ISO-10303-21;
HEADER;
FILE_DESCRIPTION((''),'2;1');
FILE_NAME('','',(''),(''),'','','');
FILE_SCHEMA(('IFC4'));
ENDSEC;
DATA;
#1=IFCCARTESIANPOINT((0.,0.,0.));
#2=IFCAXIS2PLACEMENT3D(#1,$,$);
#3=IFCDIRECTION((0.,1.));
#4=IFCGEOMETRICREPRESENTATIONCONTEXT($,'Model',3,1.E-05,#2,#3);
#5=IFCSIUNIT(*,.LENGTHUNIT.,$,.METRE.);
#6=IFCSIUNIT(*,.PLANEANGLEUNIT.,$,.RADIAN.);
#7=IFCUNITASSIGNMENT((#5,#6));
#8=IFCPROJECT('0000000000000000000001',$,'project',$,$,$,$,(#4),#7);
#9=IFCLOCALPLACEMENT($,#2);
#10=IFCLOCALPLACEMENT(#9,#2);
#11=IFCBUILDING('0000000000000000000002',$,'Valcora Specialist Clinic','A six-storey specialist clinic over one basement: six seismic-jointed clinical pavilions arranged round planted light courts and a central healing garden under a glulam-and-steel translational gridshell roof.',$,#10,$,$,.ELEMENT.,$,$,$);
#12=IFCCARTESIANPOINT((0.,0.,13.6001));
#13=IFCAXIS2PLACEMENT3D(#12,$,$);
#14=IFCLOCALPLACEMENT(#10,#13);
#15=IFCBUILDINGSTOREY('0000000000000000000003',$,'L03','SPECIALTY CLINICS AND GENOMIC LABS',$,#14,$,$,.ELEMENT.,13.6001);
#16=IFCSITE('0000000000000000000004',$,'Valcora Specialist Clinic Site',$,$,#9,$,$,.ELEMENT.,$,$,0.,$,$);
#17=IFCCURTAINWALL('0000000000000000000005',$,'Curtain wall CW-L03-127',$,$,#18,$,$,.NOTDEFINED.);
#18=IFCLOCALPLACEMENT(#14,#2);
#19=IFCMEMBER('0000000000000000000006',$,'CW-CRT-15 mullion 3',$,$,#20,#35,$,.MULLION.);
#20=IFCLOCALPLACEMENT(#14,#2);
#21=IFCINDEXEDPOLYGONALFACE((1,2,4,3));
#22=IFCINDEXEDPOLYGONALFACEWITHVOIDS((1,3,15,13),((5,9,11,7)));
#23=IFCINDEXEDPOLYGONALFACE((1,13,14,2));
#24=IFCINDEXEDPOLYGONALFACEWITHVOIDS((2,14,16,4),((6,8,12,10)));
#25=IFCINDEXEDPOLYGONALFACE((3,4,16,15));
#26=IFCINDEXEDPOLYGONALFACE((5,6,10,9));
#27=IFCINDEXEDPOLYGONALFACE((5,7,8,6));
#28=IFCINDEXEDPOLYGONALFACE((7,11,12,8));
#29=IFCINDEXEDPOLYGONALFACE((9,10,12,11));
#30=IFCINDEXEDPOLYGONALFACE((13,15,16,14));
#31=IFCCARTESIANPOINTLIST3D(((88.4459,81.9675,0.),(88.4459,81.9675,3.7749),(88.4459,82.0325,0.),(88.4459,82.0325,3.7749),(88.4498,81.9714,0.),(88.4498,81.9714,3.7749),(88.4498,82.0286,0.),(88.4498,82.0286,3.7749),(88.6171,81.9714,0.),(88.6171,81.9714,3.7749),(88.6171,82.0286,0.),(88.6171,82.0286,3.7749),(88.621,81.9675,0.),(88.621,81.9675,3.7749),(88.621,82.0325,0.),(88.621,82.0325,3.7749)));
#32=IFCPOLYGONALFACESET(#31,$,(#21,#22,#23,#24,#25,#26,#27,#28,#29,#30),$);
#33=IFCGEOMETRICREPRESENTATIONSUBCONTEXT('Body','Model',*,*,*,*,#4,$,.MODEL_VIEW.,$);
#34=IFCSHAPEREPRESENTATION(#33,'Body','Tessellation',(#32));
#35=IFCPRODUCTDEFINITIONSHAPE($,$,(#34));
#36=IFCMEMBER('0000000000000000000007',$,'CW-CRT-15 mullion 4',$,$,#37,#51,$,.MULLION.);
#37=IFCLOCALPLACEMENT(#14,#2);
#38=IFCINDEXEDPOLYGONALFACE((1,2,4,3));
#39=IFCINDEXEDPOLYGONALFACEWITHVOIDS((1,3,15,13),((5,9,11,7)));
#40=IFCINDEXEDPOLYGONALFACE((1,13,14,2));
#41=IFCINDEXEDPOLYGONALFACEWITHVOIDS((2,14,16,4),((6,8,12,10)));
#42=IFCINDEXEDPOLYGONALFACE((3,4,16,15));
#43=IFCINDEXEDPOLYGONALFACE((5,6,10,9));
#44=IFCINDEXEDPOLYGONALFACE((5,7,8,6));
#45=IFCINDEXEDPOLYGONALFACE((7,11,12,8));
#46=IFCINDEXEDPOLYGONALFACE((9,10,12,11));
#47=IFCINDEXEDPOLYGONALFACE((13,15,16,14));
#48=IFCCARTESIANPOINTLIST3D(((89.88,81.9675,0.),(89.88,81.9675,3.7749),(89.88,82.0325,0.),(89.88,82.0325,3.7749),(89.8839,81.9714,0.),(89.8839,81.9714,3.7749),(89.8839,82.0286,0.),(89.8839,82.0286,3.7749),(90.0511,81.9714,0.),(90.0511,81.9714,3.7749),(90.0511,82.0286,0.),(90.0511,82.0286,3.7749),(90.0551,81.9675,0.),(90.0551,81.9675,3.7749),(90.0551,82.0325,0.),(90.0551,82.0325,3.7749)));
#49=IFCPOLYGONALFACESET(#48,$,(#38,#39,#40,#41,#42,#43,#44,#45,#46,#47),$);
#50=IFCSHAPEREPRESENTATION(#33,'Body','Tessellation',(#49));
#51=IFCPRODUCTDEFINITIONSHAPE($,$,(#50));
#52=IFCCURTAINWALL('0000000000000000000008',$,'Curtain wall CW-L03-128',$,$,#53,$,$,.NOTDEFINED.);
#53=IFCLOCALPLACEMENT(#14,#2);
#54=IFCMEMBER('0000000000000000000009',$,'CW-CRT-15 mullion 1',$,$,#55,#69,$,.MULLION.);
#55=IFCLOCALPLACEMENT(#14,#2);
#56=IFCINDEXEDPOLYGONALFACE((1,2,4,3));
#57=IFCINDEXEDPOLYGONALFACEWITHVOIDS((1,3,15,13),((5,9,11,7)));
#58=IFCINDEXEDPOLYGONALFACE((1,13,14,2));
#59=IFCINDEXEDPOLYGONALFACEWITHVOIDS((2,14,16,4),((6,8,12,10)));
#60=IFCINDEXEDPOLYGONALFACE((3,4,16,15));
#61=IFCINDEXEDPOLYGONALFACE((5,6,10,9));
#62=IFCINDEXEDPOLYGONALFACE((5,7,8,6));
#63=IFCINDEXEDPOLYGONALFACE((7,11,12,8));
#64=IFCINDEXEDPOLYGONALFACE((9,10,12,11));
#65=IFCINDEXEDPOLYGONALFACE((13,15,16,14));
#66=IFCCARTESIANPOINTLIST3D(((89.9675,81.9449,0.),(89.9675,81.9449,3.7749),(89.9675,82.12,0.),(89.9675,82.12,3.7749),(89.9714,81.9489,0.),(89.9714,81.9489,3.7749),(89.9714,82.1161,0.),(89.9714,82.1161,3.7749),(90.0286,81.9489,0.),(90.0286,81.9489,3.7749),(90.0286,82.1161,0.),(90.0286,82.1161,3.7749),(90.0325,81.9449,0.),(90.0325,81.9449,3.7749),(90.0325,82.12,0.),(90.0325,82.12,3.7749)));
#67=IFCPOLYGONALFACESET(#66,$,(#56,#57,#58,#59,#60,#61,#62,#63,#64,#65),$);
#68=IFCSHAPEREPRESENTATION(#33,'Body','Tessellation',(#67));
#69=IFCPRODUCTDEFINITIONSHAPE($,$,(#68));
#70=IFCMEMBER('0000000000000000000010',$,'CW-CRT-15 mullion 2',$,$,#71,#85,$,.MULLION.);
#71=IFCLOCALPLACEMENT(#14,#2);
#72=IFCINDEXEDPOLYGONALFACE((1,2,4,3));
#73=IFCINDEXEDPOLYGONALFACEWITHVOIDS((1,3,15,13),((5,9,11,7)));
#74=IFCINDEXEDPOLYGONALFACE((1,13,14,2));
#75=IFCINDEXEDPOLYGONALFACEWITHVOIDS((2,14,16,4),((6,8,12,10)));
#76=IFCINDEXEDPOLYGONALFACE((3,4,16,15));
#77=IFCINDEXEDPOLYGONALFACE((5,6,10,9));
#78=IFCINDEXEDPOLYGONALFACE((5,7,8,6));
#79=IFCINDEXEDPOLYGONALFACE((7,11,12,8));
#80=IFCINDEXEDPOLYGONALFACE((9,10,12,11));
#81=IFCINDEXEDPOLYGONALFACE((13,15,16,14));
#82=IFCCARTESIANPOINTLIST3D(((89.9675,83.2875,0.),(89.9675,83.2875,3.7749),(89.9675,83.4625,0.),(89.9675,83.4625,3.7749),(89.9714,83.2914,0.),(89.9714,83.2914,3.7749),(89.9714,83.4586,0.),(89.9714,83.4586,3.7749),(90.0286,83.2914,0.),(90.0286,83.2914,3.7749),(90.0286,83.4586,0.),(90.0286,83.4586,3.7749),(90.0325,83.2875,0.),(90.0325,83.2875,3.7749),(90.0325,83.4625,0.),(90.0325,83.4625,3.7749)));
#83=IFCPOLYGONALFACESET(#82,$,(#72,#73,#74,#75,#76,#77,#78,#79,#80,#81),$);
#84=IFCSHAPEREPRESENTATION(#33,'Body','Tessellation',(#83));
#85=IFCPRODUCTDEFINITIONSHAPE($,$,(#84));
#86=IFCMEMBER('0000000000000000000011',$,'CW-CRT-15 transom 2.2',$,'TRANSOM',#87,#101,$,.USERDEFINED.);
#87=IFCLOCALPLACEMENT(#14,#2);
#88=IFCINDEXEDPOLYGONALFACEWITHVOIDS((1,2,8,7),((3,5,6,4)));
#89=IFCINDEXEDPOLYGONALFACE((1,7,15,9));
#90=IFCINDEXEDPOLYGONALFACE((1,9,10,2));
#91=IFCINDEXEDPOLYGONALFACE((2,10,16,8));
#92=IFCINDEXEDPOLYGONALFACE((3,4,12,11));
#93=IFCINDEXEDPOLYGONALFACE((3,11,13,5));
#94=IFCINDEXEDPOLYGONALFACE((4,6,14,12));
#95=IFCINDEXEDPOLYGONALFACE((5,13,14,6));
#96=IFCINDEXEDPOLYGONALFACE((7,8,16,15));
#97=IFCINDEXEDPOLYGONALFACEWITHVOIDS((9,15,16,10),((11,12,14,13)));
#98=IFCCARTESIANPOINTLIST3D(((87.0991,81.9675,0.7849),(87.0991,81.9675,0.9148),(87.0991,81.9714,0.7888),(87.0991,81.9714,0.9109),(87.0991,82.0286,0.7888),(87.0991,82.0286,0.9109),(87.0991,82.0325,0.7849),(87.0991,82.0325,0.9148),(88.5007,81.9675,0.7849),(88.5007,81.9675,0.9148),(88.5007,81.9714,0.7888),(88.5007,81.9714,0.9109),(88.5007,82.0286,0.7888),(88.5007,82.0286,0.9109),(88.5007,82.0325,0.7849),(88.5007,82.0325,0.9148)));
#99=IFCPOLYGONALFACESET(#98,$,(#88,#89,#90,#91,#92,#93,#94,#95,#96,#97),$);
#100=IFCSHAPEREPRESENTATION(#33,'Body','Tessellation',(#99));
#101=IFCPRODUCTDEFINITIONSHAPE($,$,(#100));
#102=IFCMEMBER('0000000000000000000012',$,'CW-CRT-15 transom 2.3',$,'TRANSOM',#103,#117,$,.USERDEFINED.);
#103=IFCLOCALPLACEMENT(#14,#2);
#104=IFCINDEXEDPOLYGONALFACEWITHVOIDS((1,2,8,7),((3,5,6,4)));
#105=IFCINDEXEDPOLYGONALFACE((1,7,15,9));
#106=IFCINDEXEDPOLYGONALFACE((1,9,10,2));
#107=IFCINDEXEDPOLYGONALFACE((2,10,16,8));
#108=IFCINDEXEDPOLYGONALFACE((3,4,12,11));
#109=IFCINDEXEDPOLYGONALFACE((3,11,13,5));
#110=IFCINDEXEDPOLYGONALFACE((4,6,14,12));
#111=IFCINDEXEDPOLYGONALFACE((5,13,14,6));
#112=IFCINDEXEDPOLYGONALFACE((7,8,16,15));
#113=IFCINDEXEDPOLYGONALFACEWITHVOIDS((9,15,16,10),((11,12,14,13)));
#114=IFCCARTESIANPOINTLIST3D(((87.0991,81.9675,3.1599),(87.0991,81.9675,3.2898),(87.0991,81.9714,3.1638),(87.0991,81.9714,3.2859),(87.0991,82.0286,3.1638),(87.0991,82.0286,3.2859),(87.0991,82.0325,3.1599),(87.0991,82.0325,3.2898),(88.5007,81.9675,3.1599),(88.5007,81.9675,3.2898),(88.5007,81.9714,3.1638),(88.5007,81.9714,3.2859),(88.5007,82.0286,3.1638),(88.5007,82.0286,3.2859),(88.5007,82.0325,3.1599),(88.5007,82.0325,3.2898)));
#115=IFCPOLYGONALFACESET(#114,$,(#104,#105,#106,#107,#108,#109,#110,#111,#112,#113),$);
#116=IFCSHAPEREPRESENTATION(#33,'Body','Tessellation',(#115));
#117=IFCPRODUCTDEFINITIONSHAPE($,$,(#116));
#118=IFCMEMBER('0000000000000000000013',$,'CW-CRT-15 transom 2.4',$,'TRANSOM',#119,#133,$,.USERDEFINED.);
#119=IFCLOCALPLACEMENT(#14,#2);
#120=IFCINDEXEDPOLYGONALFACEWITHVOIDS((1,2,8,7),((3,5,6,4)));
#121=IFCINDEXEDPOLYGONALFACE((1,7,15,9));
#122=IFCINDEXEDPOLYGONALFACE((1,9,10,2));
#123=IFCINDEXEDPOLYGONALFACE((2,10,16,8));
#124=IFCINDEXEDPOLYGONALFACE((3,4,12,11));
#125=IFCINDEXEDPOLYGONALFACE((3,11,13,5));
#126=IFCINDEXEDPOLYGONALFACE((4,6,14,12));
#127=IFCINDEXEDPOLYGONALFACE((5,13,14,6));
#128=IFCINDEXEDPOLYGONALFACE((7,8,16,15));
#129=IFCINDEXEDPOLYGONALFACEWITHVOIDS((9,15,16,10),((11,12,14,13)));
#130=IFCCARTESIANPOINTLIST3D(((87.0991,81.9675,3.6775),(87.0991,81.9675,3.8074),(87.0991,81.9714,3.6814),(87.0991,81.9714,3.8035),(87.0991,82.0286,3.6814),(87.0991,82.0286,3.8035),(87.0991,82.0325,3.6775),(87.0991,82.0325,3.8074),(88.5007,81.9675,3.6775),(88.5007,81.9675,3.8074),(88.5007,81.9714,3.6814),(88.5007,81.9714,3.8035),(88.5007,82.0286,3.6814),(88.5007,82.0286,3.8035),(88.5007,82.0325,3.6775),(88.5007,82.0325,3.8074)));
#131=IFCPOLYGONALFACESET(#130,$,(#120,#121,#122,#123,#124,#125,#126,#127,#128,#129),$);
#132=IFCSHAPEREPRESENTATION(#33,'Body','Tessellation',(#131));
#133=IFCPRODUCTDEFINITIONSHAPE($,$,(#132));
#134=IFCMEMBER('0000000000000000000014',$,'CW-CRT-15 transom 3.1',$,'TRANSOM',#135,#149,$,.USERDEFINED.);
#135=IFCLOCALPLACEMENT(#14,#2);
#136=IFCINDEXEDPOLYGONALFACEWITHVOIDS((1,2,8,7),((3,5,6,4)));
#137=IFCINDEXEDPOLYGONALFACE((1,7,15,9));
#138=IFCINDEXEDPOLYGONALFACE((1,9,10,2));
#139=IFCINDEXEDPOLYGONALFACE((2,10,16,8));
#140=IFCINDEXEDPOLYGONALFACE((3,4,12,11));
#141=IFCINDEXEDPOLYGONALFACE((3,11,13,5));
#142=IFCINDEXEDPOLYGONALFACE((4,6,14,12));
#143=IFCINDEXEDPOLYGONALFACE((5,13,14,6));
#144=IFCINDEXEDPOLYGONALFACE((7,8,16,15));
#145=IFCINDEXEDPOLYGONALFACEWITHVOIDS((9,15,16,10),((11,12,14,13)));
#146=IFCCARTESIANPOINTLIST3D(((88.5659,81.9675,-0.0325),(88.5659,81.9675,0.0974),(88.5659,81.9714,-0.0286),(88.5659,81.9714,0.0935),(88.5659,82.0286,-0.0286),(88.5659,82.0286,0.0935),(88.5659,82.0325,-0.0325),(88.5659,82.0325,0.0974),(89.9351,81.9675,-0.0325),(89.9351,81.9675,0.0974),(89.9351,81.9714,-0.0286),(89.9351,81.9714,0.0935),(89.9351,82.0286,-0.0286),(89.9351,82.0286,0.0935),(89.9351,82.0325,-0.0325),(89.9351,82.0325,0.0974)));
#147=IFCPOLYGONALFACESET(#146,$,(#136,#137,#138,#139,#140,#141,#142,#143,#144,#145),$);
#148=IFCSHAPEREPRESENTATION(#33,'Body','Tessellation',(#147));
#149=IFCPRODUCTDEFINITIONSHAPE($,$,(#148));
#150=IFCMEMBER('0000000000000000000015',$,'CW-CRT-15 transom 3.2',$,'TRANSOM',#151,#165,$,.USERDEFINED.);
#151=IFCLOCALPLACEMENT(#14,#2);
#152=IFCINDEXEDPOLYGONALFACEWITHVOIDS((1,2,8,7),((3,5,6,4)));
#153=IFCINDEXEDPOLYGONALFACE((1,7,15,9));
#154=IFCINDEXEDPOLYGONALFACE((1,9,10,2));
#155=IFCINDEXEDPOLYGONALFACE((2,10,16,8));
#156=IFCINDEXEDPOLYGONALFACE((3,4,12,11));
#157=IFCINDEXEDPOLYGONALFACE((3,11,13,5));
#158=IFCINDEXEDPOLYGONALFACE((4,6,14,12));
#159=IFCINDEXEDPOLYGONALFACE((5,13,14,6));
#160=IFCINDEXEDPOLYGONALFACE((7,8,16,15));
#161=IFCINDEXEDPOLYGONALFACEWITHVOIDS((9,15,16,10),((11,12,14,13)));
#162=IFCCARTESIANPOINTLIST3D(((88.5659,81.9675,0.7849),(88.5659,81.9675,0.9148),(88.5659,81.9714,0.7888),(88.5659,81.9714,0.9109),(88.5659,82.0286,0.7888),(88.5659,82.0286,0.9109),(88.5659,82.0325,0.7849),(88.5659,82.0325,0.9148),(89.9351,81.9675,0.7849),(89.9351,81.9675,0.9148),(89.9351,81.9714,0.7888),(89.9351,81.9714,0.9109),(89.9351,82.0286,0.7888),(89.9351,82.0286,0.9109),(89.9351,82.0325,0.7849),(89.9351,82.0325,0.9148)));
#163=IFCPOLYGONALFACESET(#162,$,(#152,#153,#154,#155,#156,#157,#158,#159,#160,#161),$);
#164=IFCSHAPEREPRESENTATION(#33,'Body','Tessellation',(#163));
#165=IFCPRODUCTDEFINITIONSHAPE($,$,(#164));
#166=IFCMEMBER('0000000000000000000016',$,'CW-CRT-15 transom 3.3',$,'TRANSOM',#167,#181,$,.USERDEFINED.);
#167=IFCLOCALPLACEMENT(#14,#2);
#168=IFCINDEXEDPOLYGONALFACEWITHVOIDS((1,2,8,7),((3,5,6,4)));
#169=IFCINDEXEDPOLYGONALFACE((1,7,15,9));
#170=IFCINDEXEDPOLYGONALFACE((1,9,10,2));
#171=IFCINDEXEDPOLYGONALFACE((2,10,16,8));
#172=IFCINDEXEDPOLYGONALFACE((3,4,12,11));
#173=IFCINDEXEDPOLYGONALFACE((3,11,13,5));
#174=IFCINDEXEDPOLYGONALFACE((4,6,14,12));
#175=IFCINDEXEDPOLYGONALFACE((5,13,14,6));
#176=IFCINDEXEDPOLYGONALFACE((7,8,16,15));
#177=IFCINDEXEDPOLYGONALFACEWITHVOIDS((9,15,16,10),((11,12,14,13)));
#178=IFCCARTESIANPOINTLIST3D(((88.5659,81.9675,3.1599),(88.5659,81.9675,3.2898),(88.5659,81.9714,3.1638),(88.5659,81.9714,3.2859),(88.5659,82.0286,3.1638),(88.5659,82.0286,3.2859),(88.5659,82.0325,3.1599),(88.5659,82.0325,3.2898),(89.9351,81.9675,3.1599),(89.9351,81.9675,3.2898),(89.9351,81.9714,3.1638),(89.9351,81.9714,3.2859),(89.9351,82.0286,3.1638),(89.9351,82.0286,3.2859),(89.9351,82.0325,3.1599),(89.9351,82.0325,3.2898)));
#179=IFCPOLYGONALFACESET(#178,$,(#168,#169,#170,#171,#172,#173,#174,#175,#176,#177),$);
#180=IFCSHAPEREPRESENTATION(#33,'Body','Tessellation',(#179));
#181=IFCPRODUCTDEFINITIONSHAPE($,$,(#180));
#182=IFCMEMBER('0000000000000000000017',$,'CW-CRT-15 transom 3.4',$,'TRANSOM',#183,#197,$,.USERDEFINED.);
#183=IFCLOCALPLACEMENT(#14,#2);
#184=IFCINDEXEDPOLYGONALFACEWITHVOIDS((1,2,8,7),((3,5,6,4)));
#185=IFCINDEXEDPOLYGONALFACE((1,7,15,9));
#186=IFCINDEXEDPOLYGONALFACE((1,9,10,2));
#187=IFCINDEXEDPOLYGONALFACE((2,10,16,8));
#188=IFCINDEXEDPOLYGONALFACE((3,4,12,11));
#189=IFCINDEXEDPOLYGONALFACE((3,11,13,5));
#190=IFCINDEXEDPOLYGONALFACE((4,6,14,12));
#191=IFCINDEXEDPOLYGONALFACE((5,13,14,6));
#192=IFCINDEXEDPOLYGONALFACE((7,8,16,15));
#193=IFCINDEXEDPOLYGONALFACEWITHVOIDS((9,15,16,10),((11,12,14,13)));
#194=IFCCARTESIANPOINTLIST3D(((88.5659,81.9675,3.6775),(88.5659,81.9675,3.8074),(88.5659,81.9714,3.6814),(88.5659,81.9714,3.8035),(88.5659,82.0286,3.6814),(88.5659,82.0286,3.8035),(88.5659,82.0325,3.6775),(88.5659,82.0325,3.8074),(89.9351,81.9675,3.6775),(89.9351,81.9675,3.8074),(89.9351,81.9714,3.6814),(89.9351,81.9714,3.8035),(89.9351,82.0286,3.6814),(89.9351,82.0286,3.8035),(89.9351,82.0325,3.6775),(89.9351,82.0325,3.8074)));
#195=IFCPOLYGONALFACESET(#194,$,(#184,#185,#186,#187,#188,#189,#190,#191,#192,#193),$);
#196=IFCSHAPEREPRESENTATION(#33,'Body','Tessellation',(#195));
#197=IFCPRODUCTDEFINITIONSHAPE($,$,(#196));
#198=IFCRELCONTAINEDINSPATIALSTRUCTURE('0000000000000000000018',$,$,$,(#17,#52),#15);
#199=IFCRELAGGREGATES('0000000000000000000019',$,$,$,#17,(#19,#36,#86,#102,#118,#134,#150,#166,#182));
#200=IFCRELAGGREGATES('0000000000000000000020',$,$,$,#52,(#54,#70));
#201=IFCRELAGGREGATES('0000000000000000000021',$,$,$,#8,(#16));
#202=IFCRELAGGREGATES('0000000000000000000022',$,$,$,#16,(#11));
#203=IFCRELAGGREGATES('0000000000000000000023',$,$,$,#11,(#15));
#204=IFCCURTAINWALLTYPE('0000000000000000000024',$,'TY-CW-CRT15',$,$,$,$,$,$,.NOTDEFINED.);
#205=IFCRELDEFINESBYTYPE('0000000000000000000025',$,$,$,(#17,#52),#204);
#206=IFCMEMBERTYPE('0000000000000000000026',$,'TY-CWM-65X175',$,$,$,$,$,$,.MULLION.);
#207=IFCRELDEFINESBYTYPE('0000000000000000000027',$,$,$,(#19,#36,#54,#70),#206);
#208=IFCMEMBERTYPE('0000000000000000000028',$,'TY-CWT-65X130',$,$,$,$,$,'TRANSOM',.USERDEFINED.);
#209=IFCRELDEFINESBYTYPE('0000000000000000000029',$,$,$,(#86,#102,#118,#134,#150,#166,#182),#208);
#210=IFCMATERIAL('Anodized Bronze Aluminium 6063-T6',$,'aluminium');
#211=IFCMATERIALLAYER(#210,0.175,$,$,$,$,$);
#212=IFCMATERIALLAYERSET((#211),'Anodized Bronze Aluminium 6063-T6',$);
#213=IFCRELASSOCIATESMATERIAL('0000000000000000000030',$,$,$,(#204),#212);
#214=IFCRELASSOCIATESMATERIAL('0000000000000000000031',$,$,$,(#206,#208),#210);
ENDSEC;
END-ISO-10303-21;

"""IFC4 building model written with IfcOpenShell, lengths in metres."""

from ifc_helpers import new_model, si_unit, direction, frame, origin, origin_2d, place, context, subcontext, project, spatial, hollow_rectangle, extrude, material, layer, layer_set, material_profile, profile_set, type_object, element, aggregate, save


model = new_model("IFC4")

# Units and contexts
model_context = context("Model", 3, precision=1e-05, world=origin(), true_north=direction((0.0, 1.0)))
body_context = subcontext(model_context, "Body", "Model", "MODEL_VIEW")
ifc_project = project(units=[si_unit("LENGTHUNIT", "METRE"), si_unit("PLANEANGLEUNIT", "RADIAN")], contexts=[model_context])

# Site, building, storey
site_placement = place(None, origin())
site = spatial("IfcSite", under=ifc_project, at=site_placement, Name="Valcora Specialist Clinic Site", CompositionType="ELEMENT", RefElevation=0.0)
building_placement = place(site_placement, origin())
building = spatial("IfcBuilding", under=site, at=building_placement, Name="Valcora Specialist Clinic", Description="A six-storey specialist clinic over one basement: six seismic-jointed clinical pavilions arranged round planted light courts and a central healing garden under a glulam-and-steel translational gridshell roof.", CompositionType="ELEMENT")
storey_placement = place(building_placement, frame((0.0, 0.0, 13.6001)))
storey = spatial("IfcBuildingStorey", under=building, at=storey_placement, Name="L03", Description="SPECIALTY CLINICS AND GENOMIC LABS", CompositionType="ELEMENT", Elevation=13.6001)

# Curtain walls, members
ifc_material_1 = material(Name="Anodized Bronze Aluminium 6063-T6", Category="aluminium")
ifc_layer_1 = layer(ifc_material_1, 0.175)
ifc_layer_set_1 = layer_set([ifc_layer_1], Name="Anodized Bronze Aluminium 6063-T6")
curtain_wall_type = type_object("IfcCurtainWallType", Name="TY-CW-CRT15", PredefinedType="NOTDEFINED", material=ifc_layer_set_1)
curtain_wall_1_placement = place(storey_placement, origin())
curtain_wall_1 = element("IfcCurtainWall", 1, at=curtain_wall_1_placement, inside=storey, type_object=curtain_wall_type, Name="Curtain wall CW-L03-127", PredefinedType="NOTDEFINED")
ifc_material_profile_1 = material_profile(ifc_material_1, hollow_rectangle(XDim=0.0649, YDim=0.175, WallThickness=0.0039, at=origin_2d()), Name="AL-MUL-65X175")
ifc_profile_set_1 = profile_set([ifc_material_profile_1], Name="Anodized Bronze Aluminium 6063-T6")
member_type_1 = type_object("IfcMemberType", Name="TY-CWM-65X175", PredefinedType="MULLION", material=ifc_profile_set_1)
member_1_placement = place(storey_placement, frame((88.5334, 82.0, 0.0), z_axis=(0.0, 0.0, 1.0), x_axis=(0.0, 1.0, 0.0)))
member_1 = element("IfcMember", 2, at=member_1_placement, type_object=member_type_1, Name="CW-CRT-15 mullion 3", PredefinedType="MULLION", context=body_context, shape_type="SweptSolid", body=[
    extrude(hollow_rectangle(XDim=0.0649, YDim=0.175, WallThickness=0.0039, at=origin_2d()), origin(), (0.0, 0.0, 1.0), 3.7749),
])
member_2_placement = place(storey_placement, frame((89.9675, 82.0, 0.0), z_axis=(0.0, 0.0, 1.0), x_axis=(0.0, 1.0, 0.0)))
member_2 = element("IfcMember", 3, at=member_2_placement, type_object=member_type_1, Name="CW-CRT-15 mullion 4", PredefinedType="MULLION", context=body_context, shape_type="SweptSolid", body=[
    extrude(hollow_rectangle(XDim=0.0649, YDim=0.175, WallThickness=0.0039, at=origin_2d()), origin(), (0.0, 0.0, 1.0), 3.7749),
])
curtain_wall_2_placement = place(storey_placement, origin())
curtain_wall_2 = element("IfcCurtainWall", 4, at=curtain_wall_2_placement, inside=storey, type_object=curtain_wall_type, Name="Curtain wall CW-L03-128", PredefinedType="NOTDEFINED")
member_3_placement = place(storey_placement, frame((90.0, 82.0325, 0.0), z_axis=(0.0, 0.0, 1.0), x_axis=(-1.0, 0.0, 0.0)))
member_3 = element("IfcMember", 5, at=member_3_placement, type_object=member_type_1, Name="CW-CRT-15 mullion 1", PredefinedType="MULLION", context=body_context, shape_type="SweptSolid", body=[
    extrude(hollow_rectangle(XDim=0.0649, YDim=0.175, WallThickness=0.0039, at=origin_2d()), origin(), (0.0, 0.0, 1.0), 3.7749),
])
member_4_placement = place(storey_placement, frame((90.0, 83.375, 0.0), z_axis=(0.0, 0.0, 1.0), x_axis=(-1.0, 0.0, 0.0)))
member_4 = element("IfcMember", 6, at=member_4_placement, type_object=member_type_1, Name="CW-CRT-15 mullion 2", PredefinedType="MULLION", context=body_context, shape_type="SweptSolid", body=[
    extrude(hollow_rectangle(XDim=0.0649, YDim=0.175, WallThickness=0.0039, at=origin_2d()), origin(), (0.0, 0.0, 1.0), 3.7749),
])

# Members
ifc_material_profile_2 = material_profile(ifc_material_1, hollow_rectangle(XDim=0.0649, YDim=0.1299, WallThickness=0.0039, at=origin_2d()), Name="AL-TRN-65X130")
ifc_profile_set_2 = profile_set([ifc_material_profile_2], Name="Anodized Bronze Aluminium 6063-T6")
member_type_2 = type_object("IfcMemberType", Name="TY-CWT-65X130", ElementType="TRANSOM", PredefinedType="USERDEFINED", material=ifc_profile_set_2)
member_5_placement = place(storey_placement, frame((87.0991, 82.0, 0.8499), z_axis=(1.0, 0.0, 0.0), x_axis=(0.0, 1.0, 0.0)))
member_5 = element("IfcMember", 7, at=member_5_placement, type_object=member_type_2, Name="CW-CRT-15 transom 2.2", ObjectType="TRANSOM", PredefinedType="USERDEFINED", context=body_context, shape_type="SweptSolid", body=[
    extrude(hollow_rectangle(XDim=0.0649, YDim=0.1299, WallThickness=0.0039, at=origin_2d()), origin(), (0.0, 0.0, 1.0), 1.4016),
])
member_6_placement = place(storey_placement, frame((87.0991, 82.0, 3.2249), z_axis=(1.0, 0.0, 0.0), x_axis=(0.0, 1.0, 0.0)))
member_6 = element("IfcMember", 8, at=member_6_placement, type_object=member_type_2, Name="CW-CRT-15 transom 2.3", ObjectType="TRANSOM", PredefinedType="USERDEFINED", context=body_context, shape_type="SweptSolid", body=[
    extrude(hollow_rectangle(XDim=0.0649, YDim=0.1299, WallThickness=0.0039, at=origin_2d()), origin(), (0.0, 0.0, 1.0), 1.4016),
])
member_7_placement = place(storey_placement, frame((87.0991, 82.0, 3.7424), z_axis=(1.0, 0.0, 0.0), x_axis=(0.0, 1.0, 0.0)))
member_7 = element("IfcMember", 9, at=member_7_placement, type_object=member_type_2, Name="CW-CRT-15 transom 2.4", ObjectType="TRANSOM", PredefinedType="USERDEFINED", context=body_context, shape_type="SweptSolid", body=[
    extrude(hollow_rectangle(XDim=0.0649, YDim=0.1299, WallThickness=0.0039, at=origin_2d()), origin(), (0.0, 0.0, 1.0), 1.4016),
])
member_8_placement = place(storey_placement, frame((88.5659, 82.0, 0.0325), z_axis=(1.0, 0.0, 0.0), x_axis=(0.0, 1.0, 0.0)))
member_8 = element("IfcMember", 10, at=member_8_placement, type_object=member_type_2, Name="CW-CRT-15 transom 3.1", ObjectType="TRANSOM", PredefinedType="USERDEFINED", context=body_context, shape_type="SweptSolid", body=[
    extrude(hollow_rectangle(XDim=0.0649, YDim=0.1299, WallThickness=0.0039, at=origin_2d()), origin(), (0.0, 0.0, 1.0), 1.3691),
])
member_9_placement = place(storey_placement, frame((88.5659, 82.0, 0.8499), z_axis=(1.0, 0.0, 0.0), x_axis=(0.0, 1.0, 0.0)))
member_9 = element("IfcMember", 11, at=member_9_placement, type_object=member_type_2, Name="CW-CRT-15 transom 3.2", ObjectType="TRANSOM", PredefinedType="USERDEFINED", context=body_context, shape_type="SweptSolid", body=[
    extrude(hollow_rectangle(XDim=0.0649, YDim=0.1299, WallThickness=0.0039, at=origin_2d()), origin(), (0.0, 0.0, 1.0), 1.3691),
])
member_10_placement = place(storey_placement, frame((88.5659, 82.0, 3.2249), z_axis=(1.0, 0.0, 0.0), x_axis=(0.0, 1.0, 0.0)))
member_10 = element("IfcMember", 12, at=member_10_placement, type_object=member_type_2, Name="CW-CRT-15 transom 3.3", ObjectType="TRANSOM", PredefinedType="USERDEFINED", context=body_context, shape_type="SweptSolid", body=[
    extrude(hollow_rectangle(XDim=0.0649, YDim=0.1299, WallThickness=0.0039, at=origin_2d()), origin(), (0.0, 0.0, 1.0), 1.3691),
])
member_11_placement = place(storey_placement, frame((88.5659, 82.0, 3.7424), z_axis=(1.0, 0.0, 0.0), x_axis=(0.0, 1.0, 0.0)))
member_11 = element("IfcMember", 13, at=member_11_placement, type_object=member_type_2, Name="CW-CRT-15 transom 3.4", ObjectType="TRANSOM", PredefinedType="USERDEFINED", context=body_context, shape_type="SweptSolid", body=[
    extrude(hollow_rectangle(XDim=0.0649, YDim=0.1299, WallThickness=0.0039, at=origin_2d()), origin(), (0.0, 0.0, 1.0), 1.3691),
])

aggregate(curtain_wall_1, [member_1, member_2, member_5, member_6, member_7, member_8, member_9, member_10, member_11])
aggregate(curtain_wall_2, [member_3, member_4])

save(model, "model.ifc")
